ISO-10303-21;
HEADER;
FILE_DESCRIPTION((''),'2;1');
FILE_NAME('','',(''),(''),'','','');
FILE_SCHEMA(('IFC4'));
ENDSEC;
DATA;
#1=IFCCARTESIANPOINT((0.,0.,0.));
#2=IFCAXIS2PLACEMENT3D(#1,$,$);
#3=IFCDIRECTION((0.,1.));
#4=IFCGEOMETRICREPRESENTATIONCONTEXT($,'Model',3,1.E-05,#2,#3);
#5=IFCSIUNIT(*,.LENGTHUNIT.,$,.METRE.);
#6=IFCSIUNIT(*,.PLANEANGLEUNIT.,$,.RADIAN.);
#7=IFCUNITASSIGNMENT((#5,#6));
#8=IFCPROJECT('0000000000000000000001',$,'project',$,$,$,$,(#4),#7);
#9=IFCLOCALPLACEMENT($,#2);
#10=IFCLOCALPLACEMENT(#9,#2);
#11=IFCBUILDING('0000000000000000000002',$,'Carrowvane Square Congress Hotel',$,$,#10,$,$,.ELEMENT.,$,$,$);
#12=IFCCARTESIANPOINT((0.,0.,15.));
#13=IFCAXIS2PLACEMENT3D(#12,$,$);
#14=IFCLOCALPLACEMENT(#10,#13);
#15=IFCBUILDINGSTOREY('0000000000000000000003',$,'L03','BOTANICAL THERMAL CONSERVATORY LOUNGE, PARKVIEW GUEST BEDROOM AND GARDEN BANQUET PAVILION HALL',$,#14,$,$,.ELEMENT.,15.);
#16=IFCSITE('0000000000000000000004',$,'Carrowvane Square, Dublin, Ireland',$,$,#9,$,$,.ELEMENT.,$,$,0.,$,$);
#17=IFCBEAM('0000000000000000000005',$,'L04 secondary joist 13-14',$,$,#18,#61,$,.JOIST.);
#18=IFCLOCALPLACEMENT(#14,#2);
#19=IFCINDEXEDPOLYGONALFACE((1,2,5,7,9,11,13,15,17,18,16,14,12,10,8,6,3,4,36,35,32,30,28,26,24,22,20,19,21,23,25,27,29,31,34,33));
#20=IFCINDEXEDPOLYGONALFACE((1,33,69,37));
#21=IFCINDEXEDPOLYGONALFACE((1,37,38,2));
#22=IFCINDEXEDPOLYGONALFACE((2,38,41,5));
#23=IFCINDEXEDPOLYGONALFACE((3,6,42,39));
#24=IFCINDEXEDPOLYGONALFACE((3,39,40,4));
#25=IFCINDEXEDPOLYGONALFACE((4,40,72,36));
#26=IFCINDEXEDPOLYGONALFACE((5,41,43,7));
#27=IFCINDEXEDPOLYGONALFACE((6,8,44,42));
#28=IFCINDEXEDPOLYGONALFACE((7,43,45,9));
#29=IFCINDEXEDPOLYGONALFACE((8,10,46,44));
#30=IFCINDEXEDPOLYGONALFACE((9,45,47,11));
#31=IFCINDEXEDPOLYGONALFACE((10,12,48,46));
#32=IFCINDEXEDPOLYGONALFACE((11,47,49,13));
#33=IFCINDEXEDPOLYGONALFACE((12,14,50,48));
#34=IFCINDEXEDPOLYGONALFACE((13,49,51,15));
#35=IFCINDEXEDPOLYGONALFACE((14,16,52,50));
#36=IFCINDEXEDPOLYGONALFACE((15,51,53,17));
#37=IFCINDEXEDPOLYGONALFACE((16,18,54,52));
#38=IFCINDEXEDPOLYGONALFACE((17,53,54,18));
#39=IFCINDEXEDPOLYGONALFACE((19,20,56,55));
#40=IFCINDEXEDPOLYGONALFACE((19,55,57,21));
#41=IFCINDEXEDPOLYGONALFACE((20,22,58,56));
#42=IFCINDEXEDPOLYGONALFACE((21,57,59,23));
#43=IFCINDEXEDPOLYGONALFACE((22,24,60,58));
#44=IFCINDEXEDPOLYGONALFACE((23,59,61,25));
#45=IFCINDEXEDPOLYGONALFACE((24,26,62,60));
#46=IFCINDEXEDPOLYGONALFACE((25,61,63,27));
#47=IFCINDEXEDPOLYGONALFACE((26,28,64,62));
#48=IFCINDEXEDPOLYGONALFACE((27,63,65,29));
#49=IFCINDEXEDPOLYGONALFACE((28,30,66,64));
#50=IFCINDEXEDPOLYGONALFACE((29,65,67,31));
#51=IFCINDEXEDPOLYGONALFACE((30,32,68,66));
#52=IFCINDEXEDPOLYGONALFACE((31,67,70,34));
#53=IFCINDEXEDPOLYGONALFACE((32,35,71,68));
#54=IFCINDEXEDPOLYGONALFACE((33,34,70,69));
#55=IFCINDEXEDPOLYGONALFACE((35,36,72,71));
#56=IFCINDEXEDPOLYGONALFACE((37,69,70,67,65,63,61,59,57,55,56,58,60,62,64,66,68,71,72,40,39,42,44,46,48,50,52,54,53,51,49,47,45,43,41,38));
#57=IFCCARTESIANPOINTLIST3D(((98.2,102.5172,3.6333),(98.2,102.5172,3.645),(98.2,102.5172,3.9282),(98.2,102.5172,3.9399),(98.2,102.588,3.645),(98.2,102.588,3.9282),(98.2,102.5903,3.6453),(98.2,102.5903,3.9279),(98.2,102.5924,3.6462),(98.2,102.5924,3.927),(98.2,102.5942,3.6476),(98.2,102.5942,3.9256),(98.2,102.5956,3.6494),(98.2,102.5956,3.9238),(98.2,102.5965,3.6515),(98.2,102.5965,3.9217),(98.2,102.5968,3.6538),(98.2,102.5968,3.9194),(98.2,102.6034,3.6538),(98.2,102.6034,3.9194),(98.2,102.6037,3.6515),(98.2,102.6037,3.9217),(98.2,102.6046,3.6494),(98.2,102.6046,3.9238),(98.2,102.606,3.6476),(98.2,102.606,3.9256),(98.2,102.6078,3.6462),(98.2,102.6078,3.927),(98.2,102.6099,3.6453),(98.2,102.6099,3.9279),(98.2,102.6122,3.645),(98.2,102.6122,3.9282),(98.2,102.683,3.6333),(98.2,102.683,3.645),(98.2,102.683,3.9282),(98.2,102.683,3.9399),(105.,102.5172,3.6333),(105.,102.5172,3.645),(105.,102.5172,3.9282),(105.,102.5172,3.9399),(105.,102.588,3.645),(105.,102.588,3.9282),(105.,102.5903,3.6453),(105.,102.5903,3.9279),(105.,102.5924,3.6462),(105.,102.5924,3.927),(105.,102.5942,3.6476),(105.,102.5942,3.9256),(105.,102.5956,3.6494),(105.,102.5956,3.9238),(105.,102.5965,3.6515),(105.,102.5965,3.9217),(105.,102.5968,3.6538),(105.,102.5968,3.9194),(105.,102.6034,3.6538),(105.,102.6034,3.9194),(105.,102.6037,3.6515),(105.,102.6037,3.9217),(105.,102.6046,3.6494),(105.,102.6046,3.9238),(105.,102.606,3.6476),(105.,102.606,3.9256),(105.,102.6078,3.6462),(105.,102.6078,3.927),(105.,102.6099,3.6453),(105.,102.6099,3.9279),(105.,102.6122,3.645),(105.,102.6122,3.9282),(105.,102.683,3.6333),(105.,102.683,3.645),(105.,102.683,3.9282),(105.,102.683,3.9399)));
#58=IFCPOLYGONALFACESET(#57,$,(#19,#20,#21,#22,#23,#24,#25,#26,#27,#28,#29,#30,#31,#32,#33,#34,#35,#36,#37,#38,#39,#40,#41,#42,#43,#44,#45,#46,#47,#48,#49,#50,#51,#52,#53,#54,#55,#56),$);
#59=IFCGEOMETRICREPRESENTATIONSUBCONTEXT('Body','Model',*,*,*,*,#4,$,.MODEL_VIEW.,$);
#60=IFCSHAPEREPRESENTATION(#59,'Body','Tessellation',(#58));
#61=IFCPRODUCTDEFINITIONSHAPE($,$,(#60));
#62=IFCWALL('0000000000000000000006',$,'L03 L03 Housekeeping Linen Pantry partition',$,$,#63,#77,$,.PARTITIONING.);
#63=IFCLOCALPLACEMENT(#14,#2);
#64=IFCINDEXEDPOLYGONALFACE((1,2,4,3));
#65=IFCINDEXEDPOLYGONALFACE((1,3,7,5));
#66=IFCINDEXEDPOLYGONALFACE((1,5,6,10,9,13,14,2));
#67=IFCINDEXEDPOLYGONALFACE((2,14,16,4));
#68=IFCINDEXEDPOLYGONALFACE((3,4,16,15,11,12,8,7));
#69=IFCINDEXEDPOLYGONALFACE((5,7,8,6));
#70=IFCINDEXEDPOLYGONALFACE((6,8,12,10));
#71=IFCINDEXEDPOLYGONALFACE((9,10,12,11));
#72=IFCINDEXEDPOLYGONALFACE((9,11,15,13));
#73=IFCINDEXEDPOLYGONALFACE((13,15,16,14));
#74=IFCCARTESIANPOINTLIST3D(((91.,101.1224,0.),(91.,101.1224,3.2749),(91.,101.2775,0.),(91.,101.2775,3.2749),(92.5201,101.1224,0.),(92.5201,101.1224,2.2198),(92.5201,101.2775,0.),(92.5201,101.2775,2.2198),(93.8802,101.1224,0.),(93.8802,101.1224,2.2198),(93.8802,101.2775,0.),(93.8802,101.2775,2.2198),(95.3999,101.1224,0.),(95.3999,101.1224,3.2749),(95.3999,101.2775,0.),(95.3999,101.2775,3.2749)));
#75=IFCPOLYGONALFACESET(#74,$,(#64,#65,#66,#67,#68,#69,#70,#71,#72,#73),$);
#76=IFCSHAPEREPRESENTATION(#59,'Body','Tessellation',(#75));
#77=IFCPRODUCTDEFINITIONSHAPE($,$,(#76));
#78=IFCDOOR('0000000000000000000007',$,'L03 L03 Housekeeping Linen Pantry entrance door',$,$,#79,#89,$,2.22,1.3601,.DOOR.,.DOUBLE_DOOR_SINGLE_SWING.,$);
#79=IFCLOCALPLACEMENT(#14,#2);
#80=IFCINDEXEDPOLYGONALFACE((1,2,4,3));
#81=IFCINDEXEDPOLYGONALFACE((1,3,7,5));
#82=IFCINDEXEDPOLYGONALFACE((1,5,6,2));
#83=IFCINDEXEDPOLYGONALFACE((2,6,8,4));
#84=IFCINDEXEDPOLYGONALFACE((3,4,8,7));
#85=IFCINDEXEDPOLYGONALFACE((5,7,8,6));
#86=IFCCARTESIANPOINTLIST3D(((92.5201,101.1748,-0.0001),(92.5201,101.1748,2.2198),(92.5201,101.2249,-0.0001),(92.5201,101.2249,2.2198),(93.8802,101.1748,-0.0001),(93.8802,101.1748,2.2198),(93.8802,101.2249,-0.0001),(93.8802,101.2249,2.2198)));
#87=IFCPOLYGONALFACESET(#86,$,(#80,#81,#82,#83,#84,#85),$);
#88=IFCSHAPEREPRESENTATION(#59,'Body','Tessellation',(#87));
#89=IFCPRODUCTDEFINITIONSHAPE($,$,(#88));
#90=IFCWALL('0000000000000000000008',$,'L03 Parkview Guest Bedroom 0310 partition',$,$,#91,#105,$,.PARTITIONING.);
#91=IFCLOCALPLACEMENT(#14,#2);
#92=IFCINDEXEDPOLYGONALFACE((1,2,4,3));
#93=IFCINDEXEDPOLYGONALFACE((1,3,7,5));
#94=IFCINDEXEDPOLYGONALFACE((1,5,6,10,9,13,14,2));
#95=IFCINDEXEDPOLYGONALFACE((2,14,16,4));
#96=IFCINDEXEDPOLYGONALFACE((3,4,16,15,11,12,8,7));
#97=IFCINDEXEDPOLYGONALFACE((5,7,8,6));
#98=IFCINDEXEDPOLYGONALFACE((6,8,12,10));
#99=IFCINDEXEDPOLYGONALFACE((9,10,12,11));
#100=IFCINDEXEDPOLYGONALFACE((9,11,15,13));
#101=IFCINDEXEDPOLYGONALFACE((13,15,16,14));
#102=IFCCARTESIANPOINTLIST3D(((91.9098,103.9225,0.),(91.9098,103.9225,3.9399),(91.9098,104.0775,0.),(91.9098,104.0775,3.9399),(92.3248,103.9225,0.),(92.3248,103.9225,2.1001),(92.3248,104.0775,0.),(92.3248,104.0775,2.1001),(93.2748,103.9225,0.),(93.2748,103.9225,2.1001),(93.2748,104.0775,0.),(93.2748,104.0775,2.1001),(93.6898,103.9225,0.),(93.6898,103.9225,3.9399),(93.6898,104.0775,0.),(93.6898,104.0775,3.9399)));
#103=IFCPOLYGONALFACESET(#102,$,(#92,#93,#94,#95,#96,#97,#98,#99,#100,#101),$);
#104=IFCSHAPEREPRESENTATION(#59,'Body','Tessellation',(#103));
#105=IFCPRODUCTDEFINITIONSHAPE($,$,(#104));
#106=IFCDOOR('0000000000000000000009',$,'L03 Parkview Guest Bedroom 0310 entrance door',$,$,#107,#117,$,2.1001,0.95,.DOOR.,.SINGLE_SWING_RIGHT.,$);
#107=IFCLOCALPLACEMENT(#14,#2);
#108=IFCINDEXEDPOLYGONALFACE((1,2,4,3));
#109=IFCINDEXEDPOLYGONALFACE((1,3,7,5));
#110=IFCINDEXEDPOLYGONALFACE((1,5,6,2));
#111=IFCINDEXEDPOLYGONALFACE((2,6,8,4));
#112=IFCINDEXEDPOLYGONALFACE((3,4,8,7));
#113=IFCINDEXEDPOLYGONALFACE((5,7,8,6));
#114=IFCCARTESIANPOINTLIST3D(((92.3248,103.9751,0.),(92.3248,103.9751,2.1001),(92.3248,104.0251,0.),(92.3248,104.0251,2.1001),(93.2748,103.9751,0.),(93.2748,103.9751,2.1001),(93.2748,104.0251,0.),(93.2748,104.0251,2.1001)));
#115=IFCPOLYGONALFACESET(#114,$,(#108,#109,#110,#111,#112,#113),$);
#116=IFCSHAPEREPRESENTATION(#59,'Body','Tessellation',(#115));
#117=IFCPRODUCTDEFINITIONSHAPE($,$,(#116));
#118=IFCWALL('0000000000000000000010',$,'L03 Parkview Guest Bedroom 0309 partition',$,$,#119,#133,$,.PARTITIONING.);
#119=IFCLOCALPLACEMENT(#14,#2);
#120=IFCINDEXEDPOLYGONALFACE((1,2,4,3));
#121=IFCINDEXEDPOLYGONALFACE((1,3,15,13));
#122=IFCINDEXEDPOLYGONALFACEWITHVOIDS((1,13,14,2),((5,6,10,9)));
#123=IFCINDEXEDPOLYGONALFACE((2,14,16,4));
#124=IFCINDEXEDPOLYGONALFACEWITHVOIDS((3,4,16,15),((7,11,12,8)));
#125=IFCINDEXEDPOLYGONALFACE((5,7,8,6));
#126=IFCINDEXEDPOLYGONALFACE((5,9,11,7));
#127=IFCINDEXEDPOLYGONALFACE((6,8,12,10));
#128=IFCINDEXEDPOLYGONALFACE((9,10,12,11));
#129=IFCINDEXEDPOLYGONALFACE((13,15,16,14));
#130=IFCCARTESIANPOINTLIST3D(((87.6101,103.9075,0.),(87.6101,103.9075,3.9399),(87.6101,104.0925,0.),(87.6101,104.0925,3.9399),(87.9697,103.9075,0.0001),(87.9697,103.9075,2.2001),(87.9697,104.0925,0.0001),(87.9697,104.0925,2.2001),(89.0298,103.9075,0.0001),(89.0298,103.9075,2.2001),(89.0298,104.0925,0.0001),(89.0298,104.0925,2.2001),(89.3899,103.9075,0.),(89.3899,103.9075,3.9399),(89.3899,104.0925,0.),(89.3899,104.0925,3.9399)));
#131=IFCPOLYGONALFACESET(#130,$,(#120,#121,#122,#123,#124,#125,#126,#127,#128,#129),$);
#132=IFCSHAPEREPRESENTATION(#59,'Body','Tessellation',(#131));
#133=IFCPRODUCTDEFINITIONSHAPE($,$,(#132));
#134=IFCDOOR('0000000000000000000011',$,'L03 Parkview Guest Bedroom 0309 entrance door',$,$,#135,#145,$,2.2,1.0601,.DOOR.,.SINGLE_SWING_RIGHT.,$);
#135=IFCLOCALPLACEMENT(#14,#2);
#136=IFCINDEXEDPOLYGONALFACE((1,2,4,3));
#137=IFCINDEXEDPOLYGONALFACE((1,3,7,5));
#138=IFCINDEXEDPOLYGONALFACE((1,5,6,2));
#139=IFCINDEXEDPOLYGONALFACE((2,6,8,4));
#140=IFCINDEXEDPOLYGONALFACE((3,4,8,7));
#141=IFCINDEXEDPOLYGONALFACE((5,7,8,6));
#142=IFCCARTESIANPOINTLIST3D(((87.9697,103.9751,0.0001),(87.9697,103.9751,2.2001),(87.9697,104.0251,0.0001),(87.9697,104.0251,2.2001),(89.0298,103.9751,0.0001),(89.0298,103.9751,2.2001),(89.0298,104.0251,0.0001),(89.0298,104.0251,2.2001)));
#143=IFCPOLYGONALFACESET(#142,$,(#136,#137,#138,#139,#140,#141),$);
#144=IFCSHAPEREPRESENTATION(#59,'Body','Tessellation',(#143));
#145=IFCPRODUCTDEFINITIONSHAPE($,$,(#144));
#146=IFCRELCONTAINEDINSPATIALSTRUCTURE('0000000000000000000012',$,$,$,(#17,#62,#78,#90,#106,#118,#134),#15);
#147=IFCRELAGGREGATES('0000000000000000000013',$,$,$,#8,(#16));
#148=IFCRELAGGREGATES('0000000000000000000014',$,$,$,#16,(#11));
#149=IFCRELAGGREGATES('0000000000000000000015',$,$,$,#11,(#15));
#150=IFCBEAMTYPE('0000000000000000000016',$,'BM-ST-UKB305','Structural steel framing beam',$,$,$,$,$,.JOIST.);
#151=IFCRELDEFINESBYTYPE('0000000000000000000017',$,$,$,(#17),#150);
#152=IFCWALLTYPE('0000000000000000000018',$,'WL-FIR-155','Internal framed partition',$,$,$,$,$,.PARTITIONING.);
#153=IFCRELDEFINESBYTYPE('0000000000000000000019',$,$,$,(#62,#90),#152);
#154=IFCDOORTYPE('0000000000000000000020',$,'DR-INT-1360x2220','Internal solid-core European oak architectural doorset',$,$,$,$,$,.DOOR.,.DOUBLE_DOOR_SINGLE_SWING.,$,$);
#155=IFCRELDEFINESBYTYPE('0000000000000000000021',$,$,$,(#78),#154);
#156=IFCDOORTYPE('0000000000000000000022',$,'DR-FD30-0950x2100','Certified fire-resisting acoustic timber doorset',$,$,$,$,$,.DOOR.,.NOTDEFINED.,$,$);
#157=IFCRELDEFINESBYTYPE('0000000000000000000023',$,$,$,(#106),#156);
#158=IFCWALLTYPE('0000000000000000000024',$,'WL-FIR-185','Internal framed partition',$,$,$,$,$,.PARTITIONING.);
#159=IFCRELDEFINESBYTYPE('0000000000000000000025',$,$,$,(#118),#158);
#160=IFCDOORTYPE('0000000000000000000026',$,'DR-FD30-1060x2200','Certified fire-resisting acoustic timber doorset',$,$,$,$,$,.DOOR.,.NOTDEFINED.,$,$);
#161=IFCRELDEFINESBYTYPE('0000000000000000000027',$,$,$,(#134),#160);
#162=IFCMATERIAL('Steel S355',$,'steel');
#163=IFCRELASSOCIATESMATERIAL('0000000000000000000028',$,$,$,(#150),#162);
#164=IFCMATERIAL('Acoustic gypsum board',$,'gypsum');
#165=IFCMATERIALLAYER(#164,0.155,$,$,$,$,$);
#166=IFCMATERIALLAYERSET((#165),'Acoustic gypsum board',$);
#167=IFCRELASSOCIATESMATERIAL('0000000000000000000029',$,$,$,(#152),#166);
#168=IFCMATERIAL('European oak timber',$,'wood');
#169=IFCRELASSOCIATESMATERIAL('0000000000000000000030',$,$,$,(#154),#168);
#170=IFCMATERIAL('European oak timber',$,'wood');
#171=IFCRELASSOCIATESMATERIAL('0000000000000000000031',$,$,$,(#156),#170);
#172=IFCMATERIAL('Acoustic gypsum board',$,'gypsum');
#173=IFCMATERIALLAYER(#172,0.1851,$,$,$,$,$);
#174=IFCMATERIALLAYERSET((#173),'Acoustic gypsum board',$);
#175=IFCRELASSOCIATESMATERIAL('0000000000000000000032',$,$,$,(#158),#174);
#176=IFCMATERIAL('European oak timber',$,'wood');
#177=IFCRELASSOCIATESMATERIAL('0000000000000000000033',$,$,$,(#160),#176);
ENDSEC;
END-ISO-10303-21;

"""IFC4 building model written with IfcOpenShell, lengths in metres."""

from ifc_helpers import new_model, si_unit, direction, frame, frame_2d, origin, origin_2d, place, context, subcontext, project, spatial, rectangle, i_section, extrude, material, layer, layer_set, material_profile, profile_set, type_object, element, fill, save


model = new_model("IFC4")

# Units and contexts
model_context = context("Model", 3, precision=1e-05, world=origin(), true_north=direction((0.0, 1.0)))
body_context = subcontext(model_context, "Body", "Model", "MODEL_VIEW")
ifc_project = project(units=[si_unit("LENGTHUNIT", "METRE"), si_unit("PLANEANGLEUNIT", "RADIAN")], contexts=[model_context])

# Site, building, storey
site_placement = place(None, origin())
site = spatial("IfcSite", under=ifc_project, at=site_placement, Name="Carrowvane Square, Dublin, Ireland", CompositionType="ELEMENT", RefElevation=0.0)
building_placement = place(site_placement, origin())
building = spatial("IfcBuilding", under=site, at=building_placement, Name="Carrowvane Square Congress Hotel", CompositionType="ELEMENT")
storey_placement = place(building_placement, frame((0.0, 0.0, 15.0)))
storey = spatial("IfcBuildingStorey", under=building, at=storey_placement, Name="L03", Description="BOTANICAL THERMAL CONSERVATORY LOUNGE, PARKVIEW GUEST BEDROOM AND GARDEN BANQUET PAVILION HALL", CompositionType="ELEMENT", Elevation=15.0)

# Beam
ifc_material_1 = material(Name="Steel S355", Category="steel")
ifc_material_profile_1 = material_profile(ifc_material_1, i_section(OverallWidth=0.1658, OverallDepth=0.3066, WebThickness=0.0066, FlangeThickness=0.0117, FilletRadius=0.0088, at=origin_2d()), Name="UKB 305x165x46")
ifc_profile_set_1 = profile_set([ifc_material_profile_1], Name="Steel S355")
beam_type_1 = type_object("IfcBeamType", Name="BM-ST-UKB305", Description="Structural steel framing beam", PredefinedType="JOIST", material=ifc_profile_set_1)
for number, where, z_axis, x_axis, name in (
    (1, (98.2, 102.6001, 3.7866), (1.0, 0.0, 0.0), (0.0, 1.0, 0.0), "L04 secondary joist 13-14"),
):
    element("IfcBeam", number, at=place(storey_placement, frame(where, z_axis=z_axis, x_axis=x_axis)), inside=storey, type_object=beam_type_1, Name=name, PredefinedType="JOIST", context=body_context, shape_type="SweptSolid", body=[
        extrude(i_section(OverallWidth=0.1658, OverallDepth=0.3066, WebThickness=0.0066, FlangeThickness=0.0117, FilletRadius=0.0088, at=origin_2d()), origin(), (0.0, 0.0, 1.0), 6.8),
    ])

# Walls, openings, doors
ifc_material_2 = material(Name="Acoustic gypsum board", Category="gypsum")
ifc_layer_1 = layer(ifc_material_2, 0.155)
ifc_layer_set_1 = layer_set([ifc_layer_1], Name="Acoustic gypsum board")
wall_type_1 = type_object("IfcWallType", Name="WL-FIR-155", Description="Internal framed partition", PredefinedType="PARTITIONING", material=ifc_layer_set_1)
wall_1_placement = place(storey_placement, frame((91.0, 101.2, 0.0), z_axis=(0.0, 0.0, 1.0), x_axis=(1.0, 0.0, 0.0)))
wall_1 = element("IfcWall", 2, at=wall_1_placement, inside=storey, type_object=wall_type_1, Name="L03 L03 Housekeeping Linen Pantry partition", PredefinedType="PARTITIONING", context=body_context, shape_type="SweptSolid", body=[
    extrude(rectangle(XDim=4.3999, YDim=0.155, at=frame_2d((2.2, 0.0))), origin(), (0.0, 0.0, 1.0), 3.2749),
])
opening_1_placement = place(wall_1_placement, frame((1.52, 0.0, 0.0)))
opening_1 = element("IfcOpeningElement", 3, at=opening_1_placement, cuts=wall_1, PredefinedType="OPENING", context=body_context, shape_type="SweptSolid", body=[
    extrude(rectangle(XDim=1.3601, YDim=2.22, at=frame_2d((0.6802, 1.1099))), frame((0.0, 0.0874, 0.0), z_axis=(0.0, -1.0, 0.0), x_axis=(1.0, 0.0, 0.0)), (0.0, 0.0, 1.0), 0.175),
])
ifc_material_3 = material(Name="European oak timber", Category="wood")
door_type_1 = type_object("IfcDoorType", Name="DR-INT-1360x2220", Description="Internal solid-core European oak architectural doorset", OperationType="DOUBLE_DOOR_SINGLE_SWING", PredefinedType="DOOR", material=ifc_material_3)
door_1_placement = place(opening_1_placement, origin())
door_1 = element("IfcDoor", 4, at=door_1_placement, inside=storey, type_object=door_type_1, Name="L03 L03 Housekeeping Linen Pantry entrance door", OperationType="DOUBLE_DOOR_SINGLE_SWING", OverallHeight=2.22, OverallWidth=1.3601, PredefinedType="DOOR", context=body_context, shape_type="SweptSolid", body=[
    extrude(rectangle(XDim=1.3601, YDim=2.22, at=frame_2d((0.6802, 1.1099))), frame((0.0, 0.0249, 0.0), z_axis=(0.0, -1.0, 0.0), x_axis=(1.0, 0.0, 0.0)), (0.0, 0.0, 1.0), 0.05),
])
fill(opening_1, door_1)
wall_2_placement = place(storey_placement, frame((93.6899, 104.0, 0.0), z_axis=(0.0, 0.0, 1.0), x_axis=(-1.0, 0.0, 0.0)))
wall_2 = element("IfcWall", 5, at=wall_2_placement, inside=storey, type_object=wall_type_1, Name="L03 Parkview Guest Bedroom 0310 partition", PredefinedType="PARTITIONING", context=body_context, shape_type="SweptSolid", body=[
    extrude(rectangle(XDim=1.78, YDim=0.155, at=frame_2d((0.8901, 0.0))), origin(), (0.0, 0.0, 1.0), 3.9399),
])
opening_2_placement = place(wall_2_placement, frame((0.415, 0.0, 0.0)))
opening_2 = element("IfcOpeningElement", 6, at=opening_2_placement, cuts=wall_2, PredefinedType="OPENING", context=body_context, shape_type="SweptSolid", body=[
    extrude(rectangle(XDim=0.95, YDim=2.1001, at=frame_2d((0.4751, 1.05))), frame((0.0, 0.0874, 0.0), z_axis=(0.0, -1.0, 0.0), x_axis=(1.0, 0.0, 0.0)), (0.0, 0.0, 1.0), 0.175),
])
ifc_material_4 = material(Name="European oak timber", Category="wood")
door_type_2 = type_object("IfcDoorType", Name="DR-FD30-0950x2100", Description="Certified fire-resisting acoustic timber doorset", OperationType="NOTDEFINED", PredefinedType="DOOR", material=ifc_material_4)
door_2_placement = place(opening_2_placement, origin())
door_2 = element("IfcDoor", 7, at=door_2_placement, inside=storey, type_object=door_type_2, Name="L03 Parkview Guest Bedroom 0310 entrance door", OperationType="SINGLE_SWING_RIGHT", OverallHeight=2.1001, OverallWidth=0.95, PredefinedType="DOOR", context=body_context, shape_type="SweptSolid", body=[
    extrude(rectangle(XDim=0.95, YDim=2.1001, at=frame_2d((0.4751, 1.05))), frame((0.0, 0.0249, 0.0), z_axis=(0.0, -1.0, 0.0), x_axis=(1.0, 0.0, 0.0)), (0.0, 0.0, 1.0), 0.05),
])
fill(opening_2, door_2)
ifc_material_5 = material(Name="Acoustic gypsum board", Category="gypsum")
ifc_layer_2 = layer(ifc_material_5, 0.1851)
ifc_layer_set_2 = layer_set([ifc_layer_2], Name="Acoustic gypsum board")
wall_type_2 = type_object("IfcWallType", Name="WL-FIR-185", Description="Internal framed partition", PredefinedType="PARTITIONING", material=ifc_layer_set_2)
wall_3_placement = place(storey_placement, frame((89.3899, 104.0, 0.0), z_axis=(0.0, 0.0, 1.0), x_axis=(-1.0, 0.0, 0.0)))
wall_3 = element("IfcWall", 8, at=wall_3_placement, inside=storey, type_object=wall_type_2, Name="L03 Parkview Guest Bedroom 0309 partition", PredefinedType="PARTITIONING", context=body_context, shape_type="SweptSolid", body=[
    extrude(rectangle(XDim=1.7798, YDim=0.1851, at=frame_2d((0.8899, 0.0))), origin(), (0.0, 0.0, 1.0), 3.9399),
])
opening_3_placement = place(wall_3_placement, frame((0.3601, 0.0, 0.0)))
opening_3 = element("IfcOpeningElement", 9, at=opening_3_placement, cuts=wall_3, PredefinedType="OPENING", context=body_context, shape_type="SweptSolid", body=[
    extrude(rectangle(XDim=1.0601, YDim=2.2, at=frame_2d((0.53, 1.1001))), frame((0.0, 0.1025, 0.0), z_axis=(0.0, -1.0, 0.0), x_axis=(1.0, 0.0, 0.0)), (0.0, 0.0, 1.0), 0.2051),
])
ifc_material_6 = material(Name="European oak timber", Category="wood")
door_type_3 = type_object("IfcDoorType", Name="DR-FD30-1060x2200", Description="Certified fire-resisting acoustic timber doorset", OperationType="NOTDEFINED", PredefinedType="DOOR", material=ifc_material_6)
door_3_placement = place(opening_3_placement, origin())
door_3 = element("IfcDoor", 10, at=door_3_placement, inside=storey, type_object=door_type_3, Name="L03 Parkview Guest Bedroom 0309 entrance door", OperationType="SINGLE_SWING_RIGHT", OverallHeight=2.2, OverallWidth=1.0601, PredefinedType="DOOR", context=body_context, shape_type="SweptSolid", body=[
    extrude(rectangle(XDim=1.0601, YDim=2.2, at=frame_2d((0.53, 1.1001))), frame((0.0, 0.0249, 0.0), z_axis=(0.0, -1.0, 0.0), x_axis=(1.0, 0.0, 0.0)), (0.0, 0.0, 1.0), 0.05),
])
fill(opening_3, door_3)

save(model, "model.ifc")
